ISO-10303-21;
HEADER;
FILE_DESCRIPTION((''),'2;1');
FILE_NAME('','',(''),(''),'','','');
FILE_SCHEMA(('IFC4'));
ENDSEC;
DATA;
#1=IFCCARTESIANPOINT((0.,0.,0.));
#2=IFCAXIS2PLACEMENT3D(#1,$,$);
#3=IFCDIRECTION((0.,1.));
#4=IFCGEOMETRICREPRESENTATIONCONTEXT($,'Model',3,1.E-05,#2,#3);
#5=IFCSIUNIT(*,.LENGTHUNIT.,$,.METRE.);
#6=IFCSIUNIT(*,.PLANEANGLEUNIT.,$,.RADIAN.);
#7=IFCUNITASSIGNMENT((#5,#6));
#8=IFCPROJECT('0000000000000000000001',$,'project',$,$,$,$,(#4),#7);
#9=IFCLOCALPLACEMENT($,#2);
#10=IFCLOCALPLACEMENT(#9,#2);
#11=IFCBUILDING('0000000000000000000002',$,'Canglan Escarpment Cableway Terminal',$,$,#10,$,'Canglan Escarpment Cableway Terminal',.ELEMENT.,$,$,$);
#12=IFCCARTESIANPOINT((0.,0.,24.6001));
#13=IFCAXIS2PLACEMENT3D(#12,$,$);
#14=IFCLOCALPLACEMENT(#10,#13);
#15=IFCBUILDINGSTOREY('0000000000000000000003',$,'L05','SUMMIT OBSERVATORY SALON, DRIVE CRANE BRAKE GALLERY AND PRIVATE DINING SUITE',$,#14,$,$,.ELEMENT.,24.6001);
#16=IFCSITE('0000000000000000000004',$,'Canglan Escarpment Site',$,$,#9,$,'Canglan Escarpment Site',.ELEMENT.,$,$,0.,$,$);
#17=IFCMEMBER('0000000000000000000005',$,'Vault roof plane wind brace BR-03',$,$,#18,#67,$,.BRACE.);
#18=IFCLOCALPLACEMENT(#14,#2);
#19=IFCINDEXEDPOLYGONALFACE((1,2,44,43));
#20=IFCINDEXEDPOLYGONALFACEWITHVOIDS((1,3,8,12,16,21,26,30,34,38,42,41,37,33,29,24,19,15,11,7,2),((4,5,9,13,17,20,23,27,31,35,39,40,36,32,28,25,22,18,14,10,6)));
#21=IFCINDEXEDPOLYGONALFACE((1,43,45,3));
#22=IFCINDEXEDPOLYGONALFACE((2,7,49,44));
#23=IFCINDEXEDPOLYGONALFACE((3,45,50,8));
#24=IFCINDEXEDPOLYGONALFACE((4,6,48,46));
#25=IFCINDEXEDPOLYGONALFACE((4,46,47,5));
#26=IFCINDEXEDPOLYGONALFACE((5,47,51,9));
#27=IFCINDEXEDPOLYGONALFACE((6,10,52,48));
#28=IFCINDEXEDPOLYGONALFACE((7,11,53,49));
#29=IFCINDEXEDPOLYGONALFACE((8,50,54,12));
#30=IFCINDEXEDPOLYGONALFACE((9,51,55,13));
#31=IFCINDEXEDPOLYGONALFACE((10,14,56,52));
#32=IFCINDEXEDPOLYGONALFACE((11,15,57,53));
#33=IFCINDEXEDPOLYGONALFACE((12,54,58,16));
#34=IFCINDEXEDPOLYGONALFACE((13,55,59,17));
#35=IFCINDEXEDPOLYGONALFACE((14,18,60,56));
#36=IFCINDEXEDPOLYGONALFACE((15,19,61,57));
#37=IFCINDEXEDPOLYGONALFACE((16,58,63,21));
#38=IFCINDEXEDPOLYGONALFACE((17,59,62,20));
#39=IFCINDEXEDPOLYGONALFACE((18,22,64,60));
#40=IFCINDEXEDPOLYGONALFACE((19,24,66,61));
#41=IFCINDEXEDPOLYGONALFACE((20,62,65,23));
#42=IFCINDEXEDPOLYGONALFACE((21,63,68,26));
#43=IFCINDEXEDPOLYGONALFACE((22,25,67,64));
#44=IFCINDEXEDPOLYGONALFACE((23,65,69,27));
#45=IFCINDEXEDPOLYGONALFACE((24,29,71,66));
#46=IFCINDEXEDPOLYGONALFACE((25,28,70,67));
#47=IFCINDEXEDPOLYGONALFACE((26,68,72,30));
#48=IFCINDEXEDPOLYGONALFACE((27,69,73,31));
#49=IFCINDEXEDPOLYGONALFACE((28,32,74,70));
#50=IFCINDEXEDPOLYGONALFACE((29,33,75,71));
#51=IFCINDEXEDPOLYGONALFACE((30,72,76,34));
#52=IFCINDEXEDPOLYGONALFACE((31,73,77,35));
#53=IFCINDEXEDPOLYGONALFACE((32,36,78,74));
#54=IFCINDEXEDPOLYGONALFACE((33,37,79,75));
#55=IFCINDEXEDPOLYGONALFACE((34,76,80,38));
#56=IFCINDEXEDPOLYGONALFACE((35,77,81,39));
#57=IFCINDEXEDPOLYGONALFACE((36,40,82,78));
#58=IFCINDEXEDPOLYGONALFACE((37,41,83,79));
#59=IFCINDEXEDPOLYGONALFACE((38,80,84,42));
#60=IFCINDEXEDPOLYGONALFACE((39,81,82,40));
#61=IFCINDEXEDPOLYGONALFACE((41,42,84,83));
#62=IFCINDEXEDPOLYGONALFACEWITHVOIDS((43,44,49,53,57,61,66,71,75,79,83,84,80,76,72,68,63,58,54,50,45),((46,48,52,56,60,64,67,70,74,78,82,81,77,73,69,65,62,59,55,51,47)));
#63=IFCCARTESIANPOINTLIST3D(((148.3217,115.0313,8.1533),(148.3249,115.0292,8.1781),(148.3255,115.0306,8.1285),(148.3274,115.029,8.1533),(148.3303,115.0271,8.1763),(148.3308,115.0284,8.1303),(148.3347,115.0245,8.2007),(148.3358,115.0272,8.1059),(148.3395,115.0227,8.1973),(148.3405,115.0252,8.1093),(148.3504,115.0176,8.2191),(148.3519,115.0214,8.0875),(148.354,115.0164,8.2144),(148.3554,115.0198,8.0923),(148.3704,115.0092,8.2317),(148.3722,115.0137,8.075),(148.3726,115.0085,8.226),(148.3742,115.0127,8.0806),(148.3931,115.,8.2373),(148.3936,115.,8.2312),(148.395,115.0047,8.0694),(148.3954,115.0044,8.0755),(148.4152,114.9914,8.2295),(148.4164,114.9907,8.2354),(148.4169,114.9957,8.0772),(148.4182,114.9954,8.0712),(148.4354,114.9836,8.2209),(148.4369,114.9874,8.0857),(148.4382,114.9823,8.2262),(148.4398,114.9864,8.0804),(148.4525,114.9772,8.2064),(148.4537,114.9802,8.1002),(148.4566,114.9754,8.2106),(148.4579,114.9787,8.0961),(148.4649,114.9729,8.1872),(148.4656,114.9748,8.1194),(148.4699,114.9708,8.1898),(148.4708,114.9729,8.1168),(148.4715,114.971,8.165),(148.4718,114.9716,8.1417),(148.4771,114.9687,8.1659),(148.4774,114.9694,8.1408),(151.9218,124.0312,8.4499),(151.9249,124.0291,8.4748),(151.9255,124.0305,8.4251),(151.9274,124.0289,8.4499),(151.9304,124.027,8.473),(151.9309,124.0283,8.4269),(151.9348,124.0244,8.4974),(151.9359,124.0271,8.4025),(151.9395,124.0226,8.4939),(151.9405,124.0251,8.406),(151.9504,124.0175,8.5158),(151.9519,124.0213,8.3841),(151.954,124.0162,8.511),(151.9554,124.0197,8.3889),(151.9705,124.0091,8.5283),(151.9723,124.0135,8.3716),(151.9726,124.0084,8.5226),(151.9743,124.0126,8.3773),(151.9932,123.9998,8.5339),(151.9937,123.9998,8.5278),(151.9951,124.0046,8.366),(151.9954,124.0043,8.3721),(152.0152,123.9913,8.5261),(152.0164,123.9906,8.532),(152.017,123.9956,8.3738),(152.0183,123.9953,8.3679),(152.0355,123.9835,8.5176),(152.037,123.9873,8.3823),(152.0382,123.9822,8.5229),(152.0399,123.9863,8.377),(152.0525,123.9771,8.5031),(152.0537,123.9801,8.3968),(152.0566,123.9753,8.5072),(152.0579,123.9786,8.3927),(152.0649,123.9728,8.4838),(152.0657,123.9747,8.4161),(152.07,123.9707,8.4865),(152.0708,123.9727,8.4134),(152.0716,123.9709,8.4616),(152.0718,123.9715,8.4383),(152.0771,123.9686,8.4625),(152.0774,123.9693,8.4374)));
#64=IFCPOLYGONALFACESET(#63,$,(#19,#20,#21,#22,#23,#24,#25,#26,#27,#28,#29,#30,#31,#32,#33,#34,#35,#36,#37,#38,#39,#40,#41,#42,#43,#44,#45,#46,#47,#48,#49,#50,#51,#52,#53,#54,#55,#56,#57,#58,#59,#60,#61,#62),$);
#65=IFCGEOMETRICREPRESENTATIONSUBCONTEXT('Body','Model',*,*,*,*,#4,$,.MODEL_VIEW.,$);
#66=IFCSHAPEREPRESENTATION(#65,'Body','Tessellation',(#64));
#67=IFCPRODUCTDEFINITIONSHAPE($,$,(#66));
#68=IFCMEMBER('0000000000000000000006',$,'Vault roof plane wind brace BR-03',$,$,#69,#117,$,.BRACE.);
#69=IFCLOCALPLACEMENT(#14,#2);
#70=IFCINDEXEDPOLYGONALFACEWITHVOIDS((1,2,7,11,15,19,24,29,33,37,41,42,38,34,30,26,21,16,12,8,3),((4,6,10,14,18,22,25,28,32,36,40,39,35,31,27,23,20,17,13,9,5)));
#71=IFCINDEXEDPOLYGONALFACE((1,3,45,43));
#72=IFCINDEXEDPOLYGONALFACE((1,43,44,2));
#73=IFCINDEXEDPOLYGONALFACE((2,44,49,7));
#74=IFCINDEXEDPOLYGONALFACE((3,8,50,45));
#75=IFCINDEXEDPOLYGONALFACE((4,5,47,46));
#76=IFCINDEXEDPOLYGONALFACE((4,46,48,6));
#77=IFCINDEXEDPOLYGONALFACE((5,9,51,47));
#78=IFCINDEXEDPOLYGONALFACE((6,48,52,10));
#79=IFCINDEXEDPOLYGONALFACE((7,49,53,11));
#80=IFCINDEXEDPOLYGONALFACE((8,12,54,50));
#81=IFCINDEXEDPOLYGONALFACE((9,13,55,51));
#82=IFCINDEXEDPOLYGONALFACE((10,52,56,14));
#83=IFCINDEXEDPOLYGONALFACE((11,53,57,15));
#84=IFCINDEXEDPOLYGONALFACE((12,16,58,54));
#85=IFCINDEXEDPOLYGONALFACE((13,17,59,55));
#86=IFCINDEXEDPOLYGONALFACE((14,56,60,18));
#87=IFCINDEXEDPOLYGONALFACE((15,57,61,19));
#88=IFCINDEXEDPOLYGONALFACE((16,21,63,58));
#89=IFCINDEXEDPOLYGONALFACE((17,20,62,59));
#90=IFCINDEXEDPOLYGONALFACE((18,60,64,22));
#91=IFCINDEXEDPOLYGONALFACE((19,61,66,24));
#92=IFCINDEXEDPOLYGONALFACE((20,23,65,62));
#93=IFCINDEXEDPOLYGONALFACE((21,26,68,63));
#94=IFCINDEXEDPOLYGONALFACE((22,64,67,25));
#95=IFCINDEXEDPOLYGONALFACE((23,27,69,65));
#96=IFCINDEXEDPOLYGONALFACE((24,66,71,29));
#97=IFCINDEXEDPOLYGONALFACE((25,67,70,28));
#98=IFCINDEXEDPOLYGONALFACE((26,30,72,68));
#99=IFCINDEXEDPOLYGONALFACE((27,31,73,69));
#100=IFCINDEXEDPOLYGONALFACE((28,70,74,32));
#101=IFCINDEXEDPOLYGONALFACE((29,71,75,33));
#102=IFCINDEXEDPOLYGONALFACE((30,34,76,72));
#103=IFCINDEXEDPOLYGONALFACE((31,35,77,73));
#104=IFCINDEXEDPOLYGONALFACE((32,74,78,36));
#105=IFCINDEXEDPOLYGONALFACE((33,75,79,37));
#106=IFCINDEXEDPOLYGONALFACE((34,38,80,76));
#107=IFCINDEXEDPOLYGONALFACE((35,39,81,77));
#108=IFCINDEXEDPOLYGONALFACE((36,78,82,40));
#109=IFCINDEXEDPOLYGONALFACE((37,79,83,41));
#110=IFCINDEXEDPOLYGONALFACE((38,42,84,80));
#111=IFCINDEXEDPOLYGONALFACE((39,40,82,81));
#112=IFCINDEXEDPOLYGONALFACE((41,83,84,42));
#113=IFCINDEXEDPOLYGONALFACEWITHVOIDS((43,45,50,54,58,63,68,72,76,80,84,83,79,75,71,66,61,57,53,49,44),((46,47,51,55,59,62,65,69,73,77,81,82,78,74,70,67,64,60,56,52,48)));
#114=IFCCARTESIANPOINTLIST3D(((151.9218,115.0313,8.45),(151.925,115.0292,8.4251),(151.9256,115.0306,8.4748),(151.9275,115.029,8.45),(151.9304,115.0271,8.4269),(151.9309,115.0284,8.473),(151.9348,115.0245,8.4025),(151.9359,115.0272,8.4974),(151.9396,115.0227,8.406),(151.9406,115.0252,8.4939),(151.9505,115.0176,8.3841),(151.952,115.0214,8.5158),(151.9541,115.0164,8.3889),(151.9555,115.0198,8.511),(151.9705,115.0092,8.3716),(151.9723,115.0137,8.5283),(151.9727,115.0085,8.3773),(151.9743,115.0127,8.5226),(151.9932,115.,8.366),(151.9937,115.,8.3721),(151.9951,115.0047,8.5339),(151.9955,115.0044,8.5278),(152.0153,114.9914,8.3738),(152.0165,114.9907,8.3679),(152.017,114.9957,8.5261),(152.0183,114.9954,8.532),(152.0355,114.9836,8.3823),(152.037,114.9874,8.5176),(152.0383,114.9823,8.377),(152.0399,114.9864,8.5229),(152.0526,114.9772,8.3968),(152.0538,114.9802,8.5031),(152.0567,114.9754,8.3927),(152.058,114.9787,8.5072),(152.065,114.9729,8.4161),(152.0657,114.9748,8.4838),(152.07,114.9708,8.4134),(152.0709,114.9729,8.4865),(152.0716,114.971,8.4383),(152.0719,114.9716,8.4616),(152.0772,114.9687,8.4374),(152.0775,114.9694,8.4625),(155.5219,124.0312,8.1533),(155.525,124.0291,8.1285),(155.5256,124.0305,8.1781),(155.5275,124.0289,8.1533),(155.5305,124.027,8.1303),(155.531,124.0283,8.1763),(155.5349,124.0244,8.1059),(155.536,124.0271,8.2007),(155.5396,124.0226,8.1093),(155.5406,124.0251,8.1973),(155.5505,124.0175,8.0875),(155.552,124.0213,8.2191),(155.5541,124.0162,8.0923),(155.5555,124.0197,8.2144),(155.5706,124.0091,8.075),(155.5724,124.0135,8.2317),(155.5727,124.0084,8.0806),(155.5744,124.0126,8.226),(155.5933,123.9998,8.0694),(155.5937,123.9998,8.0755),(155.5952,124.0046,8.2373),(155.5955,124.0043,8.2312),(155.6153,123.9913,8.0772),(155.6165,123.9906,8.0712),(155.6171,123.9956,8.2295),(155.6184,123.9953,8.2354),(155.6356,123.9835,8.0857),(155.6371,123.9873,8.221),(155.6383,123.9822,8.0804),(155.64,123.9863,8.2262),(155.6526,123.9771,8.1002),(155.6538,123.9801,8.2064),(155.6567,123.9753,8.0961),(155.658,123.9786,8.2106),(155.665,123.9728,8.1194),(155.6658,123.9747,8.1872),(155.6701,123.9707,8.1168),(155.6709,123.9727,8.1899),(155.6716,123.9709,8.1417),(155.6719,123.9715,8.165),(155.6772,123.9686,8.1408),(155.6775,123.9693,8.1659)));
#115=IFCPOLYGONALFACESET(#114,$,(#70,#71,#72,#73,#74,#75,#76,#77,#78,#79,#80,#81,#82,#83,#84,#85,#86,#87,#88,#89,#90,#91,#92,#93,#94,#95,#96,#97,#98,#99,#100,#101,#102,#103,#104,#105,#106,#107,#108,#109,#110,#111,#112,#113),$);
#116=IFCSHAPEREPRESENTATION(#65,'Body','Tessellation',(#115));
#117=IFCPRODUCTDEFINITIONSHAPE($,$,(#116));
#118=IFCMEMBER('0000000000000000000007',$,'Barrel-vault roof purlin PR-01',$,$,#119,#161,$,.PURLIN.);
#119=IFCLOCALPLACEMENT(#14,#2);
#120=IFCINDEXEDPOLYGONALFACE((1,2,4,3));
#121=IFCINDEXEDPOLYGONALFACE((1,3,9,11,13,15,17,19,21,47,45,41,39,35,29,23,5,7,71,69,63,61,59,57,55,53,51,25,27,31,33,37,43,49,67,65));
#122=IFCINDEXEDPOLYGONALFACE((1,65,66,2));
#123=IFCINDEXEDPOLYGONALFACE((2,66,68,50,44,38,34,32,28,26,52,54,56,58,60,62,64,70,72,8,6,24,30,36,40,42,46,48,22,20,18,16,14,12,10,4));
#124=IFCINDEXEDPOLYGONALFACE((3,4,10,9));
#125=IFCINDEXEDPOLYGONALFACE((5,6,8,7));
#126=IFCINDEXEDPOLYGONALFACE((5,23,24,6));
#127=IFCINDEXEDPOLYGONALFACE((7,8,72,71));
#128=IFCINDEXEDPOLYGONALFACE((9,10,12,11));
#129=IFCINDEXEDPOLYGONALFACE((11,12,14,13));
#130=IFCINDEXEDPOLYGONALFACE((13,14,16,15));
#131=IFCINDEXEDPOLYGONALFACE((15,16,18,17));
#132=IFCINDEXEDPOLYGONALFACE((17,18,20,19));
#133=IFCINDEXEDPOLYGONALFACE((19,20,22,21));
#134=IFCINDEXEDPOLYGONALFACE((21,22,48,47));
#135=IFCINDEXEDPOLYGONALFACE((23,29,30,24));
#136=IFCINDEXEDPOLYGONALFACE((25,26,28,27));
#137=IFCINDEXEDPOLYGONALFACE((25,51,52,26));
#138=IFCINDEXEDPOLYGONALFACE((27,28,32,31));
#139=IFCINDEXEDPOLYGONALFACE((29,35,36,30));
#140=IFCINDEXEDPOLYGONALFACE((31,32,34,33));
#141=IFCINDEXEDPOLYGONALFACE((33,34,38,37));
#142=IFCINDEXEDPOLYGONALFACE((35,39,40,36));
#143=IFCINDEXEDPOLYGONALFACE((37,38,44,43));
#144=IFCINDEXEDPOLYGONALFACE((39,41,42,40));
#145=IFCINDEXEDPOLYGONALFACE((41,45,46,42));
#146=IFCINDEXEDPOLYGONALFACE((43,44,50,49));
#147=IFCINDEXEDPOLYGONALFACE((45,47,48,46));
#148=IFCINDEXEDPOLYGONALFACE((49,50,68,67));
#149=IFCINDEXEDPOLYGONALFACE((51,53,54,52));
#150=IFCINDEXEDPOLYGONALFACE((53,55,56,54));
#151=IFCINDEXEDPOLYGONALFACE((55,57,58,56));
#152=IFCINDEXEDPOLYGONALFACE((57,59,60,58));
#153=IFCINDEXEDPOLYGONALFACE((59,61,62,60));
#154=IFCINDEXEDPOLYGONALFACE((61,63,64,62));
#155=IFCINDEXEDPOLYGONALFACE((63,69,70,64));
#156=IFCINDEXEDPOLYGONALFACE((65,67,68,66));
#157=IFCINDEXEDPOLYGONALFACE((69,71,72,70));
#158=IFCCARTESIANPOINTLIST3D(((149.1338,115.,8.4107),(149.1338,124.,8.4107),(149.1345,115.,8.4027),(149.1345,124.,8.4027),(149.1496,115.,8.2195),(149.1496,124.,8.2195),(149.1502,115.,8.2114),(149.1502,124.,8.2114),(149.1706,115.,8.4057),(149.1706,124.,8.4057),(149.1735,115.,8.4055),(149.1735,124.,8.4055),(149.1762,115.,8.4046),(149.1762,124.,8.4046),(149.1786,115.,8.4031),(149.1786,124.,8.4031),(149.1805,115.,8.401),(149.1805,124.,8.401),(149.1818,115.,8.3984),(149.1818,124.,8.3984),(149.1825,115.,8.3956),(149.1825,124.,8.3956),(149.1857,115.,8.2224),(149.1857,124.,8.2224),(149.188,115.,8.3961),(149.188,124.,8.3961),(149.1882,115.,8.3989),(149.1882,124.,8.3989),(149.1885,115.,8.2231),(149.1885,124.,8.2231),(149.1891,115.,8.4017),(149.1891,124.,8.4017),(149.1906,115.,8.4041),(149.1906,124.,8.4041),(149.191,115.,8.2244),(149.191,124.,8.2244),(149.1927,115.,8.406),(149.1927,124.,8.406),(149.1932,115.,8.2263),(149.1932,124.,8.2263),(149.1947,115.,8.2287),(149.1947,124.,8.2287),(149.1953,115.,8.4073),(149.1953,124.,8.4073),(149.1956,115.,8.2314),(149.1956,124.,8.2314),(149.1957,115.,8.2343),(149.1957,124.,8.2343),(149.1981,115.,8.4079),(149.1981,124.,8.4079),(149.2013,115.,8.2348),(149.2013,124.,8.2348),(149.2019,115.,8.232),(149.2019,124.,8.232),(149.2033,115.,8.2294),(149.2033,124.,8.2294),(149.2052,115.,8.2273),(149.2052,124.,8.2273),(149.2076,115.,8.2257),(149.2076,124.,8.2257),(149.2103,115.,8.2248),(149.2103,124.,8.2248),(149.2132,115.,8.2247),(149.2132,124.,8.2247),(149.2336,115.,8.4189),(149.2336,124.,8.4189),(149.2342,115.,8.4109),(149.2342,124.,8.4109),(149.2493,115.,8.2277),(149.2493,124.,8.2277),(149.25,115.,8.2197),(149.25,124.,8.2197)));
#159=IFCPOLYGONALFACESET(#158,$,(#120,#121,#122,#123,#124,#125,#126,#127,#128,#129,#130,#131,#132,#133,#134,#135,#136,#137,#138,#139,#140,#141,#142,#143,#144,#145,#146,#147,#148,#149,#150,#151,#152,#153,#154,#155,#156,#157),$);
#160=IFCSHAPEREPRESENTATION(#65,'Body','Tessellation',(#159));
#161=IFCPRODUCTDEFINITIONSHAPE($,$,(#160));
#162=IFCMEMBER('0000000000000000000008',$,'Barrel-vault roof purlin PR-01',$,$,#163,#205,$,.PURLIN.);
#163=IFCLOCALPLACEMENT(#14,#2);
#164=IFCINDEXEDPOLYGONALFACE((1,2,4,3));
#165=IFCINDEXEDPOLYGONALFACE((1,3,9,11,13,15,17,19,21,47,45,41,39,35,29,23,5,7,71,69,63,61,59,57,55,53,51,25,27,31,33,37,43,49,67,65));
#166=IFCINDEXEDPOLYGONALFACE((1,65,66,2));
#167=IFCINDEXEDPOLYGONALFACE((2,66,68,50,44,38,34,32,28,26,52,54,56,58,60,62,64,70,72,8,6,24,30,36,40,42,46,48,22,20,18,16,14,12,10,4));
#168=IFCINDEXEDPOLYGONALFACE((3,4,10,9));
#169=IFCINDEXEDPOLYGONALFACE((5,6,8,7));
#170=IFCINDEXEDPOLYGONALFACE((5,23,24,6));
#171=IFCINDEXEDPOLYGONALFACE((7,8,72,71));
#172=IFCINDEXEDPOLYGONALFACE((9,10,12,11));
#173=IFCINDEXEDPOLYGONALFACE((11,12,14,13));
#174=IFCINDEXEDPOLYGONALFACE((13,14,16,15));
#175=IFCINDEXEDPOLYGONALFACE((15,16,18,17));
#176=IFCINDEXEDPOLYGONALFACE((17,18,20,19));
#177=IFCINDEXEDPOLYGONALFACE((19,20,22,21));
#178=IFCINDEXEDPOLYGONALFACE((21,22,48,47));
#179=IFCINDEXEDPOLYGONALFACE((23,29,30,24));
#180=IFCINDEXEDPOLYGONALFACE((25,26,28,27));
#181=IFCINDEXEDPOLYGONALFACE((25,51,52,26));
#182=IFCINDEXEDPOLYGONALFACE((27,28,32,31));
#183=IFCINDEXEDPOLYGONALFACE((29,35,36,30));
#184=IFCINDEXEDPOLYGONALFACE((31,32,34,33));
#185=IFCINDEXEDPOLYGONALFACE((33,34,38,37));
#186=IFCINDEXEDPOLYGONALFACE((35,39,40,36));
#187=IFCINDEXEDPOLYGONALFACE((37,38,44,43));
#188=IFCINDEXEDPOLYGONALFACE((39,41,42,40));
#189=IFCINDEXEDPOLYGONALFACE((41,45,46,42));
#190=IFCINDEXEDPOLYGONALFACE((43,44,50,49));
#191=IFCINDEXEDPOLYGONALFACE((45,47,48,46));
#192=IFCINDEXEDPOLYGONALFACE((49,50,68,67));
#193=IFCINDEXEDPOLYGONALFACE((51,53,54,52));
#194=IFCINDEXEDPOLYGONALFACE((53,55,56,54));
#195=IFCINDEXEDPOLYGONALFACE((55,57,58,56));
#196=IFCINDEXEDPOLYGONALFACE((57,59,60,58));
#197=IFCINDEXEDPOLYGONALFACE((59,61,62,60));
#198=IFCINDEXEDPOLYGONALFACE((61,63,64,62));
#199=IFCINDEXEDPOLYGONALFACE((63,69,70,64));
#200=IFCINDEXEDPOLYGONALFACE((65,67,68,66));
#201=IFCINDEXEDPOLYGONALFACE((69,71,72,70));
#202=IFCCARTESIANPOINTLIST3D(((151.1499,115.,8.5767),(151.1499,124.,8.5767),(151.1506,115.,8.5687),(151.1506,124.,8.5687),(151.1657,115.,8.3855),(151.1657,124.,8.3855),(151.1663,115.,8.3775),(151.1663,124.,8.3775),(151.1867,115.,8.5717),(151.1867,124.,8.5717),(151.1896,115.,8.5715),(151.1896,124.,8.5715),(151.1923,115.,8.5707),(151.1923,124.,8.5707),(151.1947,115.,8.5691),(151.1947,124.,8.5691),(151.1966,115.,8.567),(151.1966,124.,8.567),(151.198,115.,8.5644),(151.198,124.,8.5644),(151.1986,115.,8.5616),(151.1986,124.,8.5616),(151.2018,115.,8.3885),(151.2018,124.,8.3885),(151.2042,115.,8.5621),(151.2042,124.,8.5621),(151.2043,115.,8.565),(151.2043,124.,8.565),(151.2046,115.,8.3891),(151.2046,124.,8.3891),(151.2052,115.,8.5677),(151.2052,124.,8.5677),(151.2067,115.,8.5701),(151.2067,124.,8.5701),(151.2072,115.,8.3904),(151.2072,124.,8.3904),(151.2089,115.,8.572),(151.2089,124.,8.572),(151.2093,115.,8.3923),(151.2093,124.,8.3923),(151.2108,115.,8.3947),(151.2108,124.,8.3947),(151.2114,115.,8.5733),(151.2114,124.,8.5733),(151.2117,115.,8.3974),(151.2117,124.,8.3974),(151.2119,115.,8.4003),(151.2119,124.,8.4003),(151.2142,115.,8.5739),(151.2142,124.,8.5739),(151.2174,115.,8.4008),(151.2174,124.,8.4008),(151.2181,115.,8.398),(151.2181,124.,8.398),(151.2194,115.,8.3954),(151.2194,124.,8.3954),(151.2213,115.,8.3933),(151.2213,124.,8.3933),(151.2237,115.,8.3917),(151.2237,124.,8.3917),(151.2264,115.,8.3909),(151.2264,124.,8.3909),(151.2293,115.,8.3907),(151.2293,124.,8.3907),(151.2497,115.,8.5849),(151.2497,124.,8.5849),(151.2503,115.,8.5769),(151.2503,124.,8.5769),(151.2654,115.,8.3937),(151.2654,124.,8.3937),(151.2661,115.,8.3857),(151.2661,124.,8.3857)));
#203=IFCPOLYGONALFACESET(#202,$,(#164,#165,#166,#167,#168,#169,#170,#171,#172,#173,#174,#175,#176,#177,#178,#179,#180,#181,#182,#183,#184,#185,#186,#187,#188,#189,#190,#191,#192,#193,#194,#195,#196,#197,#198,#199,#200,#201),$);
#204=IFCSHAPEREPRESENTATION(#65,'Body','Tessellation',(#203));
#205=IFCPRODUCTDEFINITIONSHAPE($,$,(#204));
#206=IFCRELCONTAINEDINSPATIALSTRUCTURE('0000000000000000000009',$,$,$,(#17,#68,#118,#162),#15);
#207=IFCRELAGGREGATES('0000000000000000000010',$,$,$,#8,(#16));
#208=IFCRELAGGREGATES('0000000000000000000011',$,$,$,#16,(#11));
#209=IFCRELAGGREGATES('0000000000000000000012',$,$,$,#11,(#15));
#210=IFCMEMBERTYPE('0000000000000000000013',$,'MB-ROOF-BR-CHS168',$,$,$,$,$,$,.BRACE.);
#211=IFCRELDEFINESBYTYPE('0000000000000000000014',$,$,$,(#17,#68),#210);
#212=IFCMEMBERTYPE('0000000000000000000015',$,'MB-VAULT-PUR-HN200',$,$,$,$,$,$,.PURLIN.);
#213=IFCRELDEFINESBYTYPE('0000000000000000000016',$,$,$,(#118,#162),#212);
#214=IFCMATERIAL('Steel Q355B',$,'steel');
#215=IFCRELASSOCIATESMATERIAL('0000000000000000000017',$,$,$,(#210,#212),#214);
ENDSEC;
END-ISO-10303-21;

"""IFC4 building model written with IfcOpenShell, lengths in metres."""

from ifc_helpers import new_model, si_unit, direction, frame, origin, origin_2d, place, context, subcontext, project, spatial, hollow_circle, i_section, extrude, material, material_profile, profile_set, type_object, element, save


model = new_model("IFC4")

# Units and contexts
model_context = context("Model", 3, precision=1e-05, world=origin(), true_north=direction((0.0, 1.0)))
body_context = subcontext(model_context, "Body", "Model", "MODEL_VIEW")
ifc_project = project(units=[si_unit("LENGTHUNIT", "METRE"), si_unit("PLANEANGLEUNIT", "RADIAN")], contexts=[model_context])

# Site, building, storey
site_placement = place(None, origin())
site = spatial("IfcSite", under=ifc_project, at=site_placement, Name="Canglan Escarpment Site", LongName="Canglan Escarpment Site", CompositionType="ELEMENT", RefElevation=0.0)
building_placement = place(site_placement, origin())
building = spatial("IfcBuilding", under=site, at=building_placement, Name="Canglan Escarpment Cableway Terminal", LongName="Canglan Escarpment Cableway Terminal", CompositionType="ELEMENT")
storey_placement = place(building_placement, frame((0.0, 0.0, 24.6001)))
storey = spatial("IfcBuildingStorey", under=building, at=storey_placement, Name="L05", Description="SUMMIT OBSERVATORY SALON, DRIVE CRANE BRAKE GALLERY AND PRIVATE DINING SUITE", CompositionType="ELEMENT", Elevation=24.6001)

# Shared definitions
ifc_material = material(Name="Steel Q355B", Category="steel")

# Members
ifc_material_profile_1 = material_profile(ifc_material, hollow_circle(Radius=0.0842, WallThickness=0.0061, at=origin_2d()), Name="CHS 168.3x6")
ifc_profile_set_1 = profile_set([ifc_material_profile_1], Name="Steel Q355B")
member_type_1 = type_object("IfcMemberType", Name="MB-ROOF-BR-CHS168", PredefinedType="BRACE", material=ifc_profile_set_1)
for number, where, z_axis, x_axis, name in (
    (1, (148.3999, 115.0, 8.1533), (0.371226, 0.928039, 0.030587), (-0.928473, 0.371399, 0.0), "Vault roof plane wind brace BR-03"),
    (2, (152.0, 115.0, 8.45), (0.371226, 0.928039, -0.030587), (-0.928473, 0.371399, 0.0), "Vault roof plane wind brace BR-03"),
):
    element("IfcMember", number, at=place(storey_placement, frame(where, z_axis=z_axis, x_axis=x_axis)), inside=storey, type_object=member_type_1, Name=name, PredefinedType="BRACE", context=body_context, shape_type="SweptSolid", body=[
        extrude(hollow_circle(Radius=0.0842, WallThickness=0.0061, at=origin_2d()), origin(), (0.0, 0.0, 1.0), 9.6978),
    ])
ifc_material_profile_2 = material_profile(ifc_material, i_section(OverallWidth=0.1001, OverallDepth=0.2, WebThickness=0.0056, FlangeThickness=0.0081, FilletRadius=0.011, at=origin_2d()), Name="HN 200x100x5.5x8")
ifc_profile_set_2 = profile_set([ifc_material_profile_2], Name="Steel Q355B")
member_type_2 = type_object("IfcMemberType", Name="MB-VAULT-PUR-HN200", PredefinedType="PURLIN", material=ifc_profile_set_2)
for number, where, z_axis, x_axis, name in (
    (3, (149.1919, 115.0, 8.3152), (0.0, 1.0, 0.0), (-0.996626, 0.0, -0.082078), "Barrel-vault roof purlin PR-01"),
    (4, (151.208, 115.0, 8.4812), (0.0, 1.0, 0.0), (-0.996626, 0.0, -0.082078), "Barrel-vault roof purlin PR-01"),
):
    element("IfcMember", number, at=place(storey_placement, frame(where, z_axis=z_axis, x_axis=x_axis)), inside=storey, type_object=member_type_2, Name=name, PredefinedType="PURLIN", context=body_context, shape_type="SweptSolid", body=[
        extrude(i_section(OverallWidth=0.1001, OverallDepth=0.2, WebThickness=0.0056, FlangeThickness=0.0081, FilletRadius=0.011, at=origin_2d()), origin(), (0.0, 0.0, 1.0), 9.0),
    ])

save(model, "model.ifc")
